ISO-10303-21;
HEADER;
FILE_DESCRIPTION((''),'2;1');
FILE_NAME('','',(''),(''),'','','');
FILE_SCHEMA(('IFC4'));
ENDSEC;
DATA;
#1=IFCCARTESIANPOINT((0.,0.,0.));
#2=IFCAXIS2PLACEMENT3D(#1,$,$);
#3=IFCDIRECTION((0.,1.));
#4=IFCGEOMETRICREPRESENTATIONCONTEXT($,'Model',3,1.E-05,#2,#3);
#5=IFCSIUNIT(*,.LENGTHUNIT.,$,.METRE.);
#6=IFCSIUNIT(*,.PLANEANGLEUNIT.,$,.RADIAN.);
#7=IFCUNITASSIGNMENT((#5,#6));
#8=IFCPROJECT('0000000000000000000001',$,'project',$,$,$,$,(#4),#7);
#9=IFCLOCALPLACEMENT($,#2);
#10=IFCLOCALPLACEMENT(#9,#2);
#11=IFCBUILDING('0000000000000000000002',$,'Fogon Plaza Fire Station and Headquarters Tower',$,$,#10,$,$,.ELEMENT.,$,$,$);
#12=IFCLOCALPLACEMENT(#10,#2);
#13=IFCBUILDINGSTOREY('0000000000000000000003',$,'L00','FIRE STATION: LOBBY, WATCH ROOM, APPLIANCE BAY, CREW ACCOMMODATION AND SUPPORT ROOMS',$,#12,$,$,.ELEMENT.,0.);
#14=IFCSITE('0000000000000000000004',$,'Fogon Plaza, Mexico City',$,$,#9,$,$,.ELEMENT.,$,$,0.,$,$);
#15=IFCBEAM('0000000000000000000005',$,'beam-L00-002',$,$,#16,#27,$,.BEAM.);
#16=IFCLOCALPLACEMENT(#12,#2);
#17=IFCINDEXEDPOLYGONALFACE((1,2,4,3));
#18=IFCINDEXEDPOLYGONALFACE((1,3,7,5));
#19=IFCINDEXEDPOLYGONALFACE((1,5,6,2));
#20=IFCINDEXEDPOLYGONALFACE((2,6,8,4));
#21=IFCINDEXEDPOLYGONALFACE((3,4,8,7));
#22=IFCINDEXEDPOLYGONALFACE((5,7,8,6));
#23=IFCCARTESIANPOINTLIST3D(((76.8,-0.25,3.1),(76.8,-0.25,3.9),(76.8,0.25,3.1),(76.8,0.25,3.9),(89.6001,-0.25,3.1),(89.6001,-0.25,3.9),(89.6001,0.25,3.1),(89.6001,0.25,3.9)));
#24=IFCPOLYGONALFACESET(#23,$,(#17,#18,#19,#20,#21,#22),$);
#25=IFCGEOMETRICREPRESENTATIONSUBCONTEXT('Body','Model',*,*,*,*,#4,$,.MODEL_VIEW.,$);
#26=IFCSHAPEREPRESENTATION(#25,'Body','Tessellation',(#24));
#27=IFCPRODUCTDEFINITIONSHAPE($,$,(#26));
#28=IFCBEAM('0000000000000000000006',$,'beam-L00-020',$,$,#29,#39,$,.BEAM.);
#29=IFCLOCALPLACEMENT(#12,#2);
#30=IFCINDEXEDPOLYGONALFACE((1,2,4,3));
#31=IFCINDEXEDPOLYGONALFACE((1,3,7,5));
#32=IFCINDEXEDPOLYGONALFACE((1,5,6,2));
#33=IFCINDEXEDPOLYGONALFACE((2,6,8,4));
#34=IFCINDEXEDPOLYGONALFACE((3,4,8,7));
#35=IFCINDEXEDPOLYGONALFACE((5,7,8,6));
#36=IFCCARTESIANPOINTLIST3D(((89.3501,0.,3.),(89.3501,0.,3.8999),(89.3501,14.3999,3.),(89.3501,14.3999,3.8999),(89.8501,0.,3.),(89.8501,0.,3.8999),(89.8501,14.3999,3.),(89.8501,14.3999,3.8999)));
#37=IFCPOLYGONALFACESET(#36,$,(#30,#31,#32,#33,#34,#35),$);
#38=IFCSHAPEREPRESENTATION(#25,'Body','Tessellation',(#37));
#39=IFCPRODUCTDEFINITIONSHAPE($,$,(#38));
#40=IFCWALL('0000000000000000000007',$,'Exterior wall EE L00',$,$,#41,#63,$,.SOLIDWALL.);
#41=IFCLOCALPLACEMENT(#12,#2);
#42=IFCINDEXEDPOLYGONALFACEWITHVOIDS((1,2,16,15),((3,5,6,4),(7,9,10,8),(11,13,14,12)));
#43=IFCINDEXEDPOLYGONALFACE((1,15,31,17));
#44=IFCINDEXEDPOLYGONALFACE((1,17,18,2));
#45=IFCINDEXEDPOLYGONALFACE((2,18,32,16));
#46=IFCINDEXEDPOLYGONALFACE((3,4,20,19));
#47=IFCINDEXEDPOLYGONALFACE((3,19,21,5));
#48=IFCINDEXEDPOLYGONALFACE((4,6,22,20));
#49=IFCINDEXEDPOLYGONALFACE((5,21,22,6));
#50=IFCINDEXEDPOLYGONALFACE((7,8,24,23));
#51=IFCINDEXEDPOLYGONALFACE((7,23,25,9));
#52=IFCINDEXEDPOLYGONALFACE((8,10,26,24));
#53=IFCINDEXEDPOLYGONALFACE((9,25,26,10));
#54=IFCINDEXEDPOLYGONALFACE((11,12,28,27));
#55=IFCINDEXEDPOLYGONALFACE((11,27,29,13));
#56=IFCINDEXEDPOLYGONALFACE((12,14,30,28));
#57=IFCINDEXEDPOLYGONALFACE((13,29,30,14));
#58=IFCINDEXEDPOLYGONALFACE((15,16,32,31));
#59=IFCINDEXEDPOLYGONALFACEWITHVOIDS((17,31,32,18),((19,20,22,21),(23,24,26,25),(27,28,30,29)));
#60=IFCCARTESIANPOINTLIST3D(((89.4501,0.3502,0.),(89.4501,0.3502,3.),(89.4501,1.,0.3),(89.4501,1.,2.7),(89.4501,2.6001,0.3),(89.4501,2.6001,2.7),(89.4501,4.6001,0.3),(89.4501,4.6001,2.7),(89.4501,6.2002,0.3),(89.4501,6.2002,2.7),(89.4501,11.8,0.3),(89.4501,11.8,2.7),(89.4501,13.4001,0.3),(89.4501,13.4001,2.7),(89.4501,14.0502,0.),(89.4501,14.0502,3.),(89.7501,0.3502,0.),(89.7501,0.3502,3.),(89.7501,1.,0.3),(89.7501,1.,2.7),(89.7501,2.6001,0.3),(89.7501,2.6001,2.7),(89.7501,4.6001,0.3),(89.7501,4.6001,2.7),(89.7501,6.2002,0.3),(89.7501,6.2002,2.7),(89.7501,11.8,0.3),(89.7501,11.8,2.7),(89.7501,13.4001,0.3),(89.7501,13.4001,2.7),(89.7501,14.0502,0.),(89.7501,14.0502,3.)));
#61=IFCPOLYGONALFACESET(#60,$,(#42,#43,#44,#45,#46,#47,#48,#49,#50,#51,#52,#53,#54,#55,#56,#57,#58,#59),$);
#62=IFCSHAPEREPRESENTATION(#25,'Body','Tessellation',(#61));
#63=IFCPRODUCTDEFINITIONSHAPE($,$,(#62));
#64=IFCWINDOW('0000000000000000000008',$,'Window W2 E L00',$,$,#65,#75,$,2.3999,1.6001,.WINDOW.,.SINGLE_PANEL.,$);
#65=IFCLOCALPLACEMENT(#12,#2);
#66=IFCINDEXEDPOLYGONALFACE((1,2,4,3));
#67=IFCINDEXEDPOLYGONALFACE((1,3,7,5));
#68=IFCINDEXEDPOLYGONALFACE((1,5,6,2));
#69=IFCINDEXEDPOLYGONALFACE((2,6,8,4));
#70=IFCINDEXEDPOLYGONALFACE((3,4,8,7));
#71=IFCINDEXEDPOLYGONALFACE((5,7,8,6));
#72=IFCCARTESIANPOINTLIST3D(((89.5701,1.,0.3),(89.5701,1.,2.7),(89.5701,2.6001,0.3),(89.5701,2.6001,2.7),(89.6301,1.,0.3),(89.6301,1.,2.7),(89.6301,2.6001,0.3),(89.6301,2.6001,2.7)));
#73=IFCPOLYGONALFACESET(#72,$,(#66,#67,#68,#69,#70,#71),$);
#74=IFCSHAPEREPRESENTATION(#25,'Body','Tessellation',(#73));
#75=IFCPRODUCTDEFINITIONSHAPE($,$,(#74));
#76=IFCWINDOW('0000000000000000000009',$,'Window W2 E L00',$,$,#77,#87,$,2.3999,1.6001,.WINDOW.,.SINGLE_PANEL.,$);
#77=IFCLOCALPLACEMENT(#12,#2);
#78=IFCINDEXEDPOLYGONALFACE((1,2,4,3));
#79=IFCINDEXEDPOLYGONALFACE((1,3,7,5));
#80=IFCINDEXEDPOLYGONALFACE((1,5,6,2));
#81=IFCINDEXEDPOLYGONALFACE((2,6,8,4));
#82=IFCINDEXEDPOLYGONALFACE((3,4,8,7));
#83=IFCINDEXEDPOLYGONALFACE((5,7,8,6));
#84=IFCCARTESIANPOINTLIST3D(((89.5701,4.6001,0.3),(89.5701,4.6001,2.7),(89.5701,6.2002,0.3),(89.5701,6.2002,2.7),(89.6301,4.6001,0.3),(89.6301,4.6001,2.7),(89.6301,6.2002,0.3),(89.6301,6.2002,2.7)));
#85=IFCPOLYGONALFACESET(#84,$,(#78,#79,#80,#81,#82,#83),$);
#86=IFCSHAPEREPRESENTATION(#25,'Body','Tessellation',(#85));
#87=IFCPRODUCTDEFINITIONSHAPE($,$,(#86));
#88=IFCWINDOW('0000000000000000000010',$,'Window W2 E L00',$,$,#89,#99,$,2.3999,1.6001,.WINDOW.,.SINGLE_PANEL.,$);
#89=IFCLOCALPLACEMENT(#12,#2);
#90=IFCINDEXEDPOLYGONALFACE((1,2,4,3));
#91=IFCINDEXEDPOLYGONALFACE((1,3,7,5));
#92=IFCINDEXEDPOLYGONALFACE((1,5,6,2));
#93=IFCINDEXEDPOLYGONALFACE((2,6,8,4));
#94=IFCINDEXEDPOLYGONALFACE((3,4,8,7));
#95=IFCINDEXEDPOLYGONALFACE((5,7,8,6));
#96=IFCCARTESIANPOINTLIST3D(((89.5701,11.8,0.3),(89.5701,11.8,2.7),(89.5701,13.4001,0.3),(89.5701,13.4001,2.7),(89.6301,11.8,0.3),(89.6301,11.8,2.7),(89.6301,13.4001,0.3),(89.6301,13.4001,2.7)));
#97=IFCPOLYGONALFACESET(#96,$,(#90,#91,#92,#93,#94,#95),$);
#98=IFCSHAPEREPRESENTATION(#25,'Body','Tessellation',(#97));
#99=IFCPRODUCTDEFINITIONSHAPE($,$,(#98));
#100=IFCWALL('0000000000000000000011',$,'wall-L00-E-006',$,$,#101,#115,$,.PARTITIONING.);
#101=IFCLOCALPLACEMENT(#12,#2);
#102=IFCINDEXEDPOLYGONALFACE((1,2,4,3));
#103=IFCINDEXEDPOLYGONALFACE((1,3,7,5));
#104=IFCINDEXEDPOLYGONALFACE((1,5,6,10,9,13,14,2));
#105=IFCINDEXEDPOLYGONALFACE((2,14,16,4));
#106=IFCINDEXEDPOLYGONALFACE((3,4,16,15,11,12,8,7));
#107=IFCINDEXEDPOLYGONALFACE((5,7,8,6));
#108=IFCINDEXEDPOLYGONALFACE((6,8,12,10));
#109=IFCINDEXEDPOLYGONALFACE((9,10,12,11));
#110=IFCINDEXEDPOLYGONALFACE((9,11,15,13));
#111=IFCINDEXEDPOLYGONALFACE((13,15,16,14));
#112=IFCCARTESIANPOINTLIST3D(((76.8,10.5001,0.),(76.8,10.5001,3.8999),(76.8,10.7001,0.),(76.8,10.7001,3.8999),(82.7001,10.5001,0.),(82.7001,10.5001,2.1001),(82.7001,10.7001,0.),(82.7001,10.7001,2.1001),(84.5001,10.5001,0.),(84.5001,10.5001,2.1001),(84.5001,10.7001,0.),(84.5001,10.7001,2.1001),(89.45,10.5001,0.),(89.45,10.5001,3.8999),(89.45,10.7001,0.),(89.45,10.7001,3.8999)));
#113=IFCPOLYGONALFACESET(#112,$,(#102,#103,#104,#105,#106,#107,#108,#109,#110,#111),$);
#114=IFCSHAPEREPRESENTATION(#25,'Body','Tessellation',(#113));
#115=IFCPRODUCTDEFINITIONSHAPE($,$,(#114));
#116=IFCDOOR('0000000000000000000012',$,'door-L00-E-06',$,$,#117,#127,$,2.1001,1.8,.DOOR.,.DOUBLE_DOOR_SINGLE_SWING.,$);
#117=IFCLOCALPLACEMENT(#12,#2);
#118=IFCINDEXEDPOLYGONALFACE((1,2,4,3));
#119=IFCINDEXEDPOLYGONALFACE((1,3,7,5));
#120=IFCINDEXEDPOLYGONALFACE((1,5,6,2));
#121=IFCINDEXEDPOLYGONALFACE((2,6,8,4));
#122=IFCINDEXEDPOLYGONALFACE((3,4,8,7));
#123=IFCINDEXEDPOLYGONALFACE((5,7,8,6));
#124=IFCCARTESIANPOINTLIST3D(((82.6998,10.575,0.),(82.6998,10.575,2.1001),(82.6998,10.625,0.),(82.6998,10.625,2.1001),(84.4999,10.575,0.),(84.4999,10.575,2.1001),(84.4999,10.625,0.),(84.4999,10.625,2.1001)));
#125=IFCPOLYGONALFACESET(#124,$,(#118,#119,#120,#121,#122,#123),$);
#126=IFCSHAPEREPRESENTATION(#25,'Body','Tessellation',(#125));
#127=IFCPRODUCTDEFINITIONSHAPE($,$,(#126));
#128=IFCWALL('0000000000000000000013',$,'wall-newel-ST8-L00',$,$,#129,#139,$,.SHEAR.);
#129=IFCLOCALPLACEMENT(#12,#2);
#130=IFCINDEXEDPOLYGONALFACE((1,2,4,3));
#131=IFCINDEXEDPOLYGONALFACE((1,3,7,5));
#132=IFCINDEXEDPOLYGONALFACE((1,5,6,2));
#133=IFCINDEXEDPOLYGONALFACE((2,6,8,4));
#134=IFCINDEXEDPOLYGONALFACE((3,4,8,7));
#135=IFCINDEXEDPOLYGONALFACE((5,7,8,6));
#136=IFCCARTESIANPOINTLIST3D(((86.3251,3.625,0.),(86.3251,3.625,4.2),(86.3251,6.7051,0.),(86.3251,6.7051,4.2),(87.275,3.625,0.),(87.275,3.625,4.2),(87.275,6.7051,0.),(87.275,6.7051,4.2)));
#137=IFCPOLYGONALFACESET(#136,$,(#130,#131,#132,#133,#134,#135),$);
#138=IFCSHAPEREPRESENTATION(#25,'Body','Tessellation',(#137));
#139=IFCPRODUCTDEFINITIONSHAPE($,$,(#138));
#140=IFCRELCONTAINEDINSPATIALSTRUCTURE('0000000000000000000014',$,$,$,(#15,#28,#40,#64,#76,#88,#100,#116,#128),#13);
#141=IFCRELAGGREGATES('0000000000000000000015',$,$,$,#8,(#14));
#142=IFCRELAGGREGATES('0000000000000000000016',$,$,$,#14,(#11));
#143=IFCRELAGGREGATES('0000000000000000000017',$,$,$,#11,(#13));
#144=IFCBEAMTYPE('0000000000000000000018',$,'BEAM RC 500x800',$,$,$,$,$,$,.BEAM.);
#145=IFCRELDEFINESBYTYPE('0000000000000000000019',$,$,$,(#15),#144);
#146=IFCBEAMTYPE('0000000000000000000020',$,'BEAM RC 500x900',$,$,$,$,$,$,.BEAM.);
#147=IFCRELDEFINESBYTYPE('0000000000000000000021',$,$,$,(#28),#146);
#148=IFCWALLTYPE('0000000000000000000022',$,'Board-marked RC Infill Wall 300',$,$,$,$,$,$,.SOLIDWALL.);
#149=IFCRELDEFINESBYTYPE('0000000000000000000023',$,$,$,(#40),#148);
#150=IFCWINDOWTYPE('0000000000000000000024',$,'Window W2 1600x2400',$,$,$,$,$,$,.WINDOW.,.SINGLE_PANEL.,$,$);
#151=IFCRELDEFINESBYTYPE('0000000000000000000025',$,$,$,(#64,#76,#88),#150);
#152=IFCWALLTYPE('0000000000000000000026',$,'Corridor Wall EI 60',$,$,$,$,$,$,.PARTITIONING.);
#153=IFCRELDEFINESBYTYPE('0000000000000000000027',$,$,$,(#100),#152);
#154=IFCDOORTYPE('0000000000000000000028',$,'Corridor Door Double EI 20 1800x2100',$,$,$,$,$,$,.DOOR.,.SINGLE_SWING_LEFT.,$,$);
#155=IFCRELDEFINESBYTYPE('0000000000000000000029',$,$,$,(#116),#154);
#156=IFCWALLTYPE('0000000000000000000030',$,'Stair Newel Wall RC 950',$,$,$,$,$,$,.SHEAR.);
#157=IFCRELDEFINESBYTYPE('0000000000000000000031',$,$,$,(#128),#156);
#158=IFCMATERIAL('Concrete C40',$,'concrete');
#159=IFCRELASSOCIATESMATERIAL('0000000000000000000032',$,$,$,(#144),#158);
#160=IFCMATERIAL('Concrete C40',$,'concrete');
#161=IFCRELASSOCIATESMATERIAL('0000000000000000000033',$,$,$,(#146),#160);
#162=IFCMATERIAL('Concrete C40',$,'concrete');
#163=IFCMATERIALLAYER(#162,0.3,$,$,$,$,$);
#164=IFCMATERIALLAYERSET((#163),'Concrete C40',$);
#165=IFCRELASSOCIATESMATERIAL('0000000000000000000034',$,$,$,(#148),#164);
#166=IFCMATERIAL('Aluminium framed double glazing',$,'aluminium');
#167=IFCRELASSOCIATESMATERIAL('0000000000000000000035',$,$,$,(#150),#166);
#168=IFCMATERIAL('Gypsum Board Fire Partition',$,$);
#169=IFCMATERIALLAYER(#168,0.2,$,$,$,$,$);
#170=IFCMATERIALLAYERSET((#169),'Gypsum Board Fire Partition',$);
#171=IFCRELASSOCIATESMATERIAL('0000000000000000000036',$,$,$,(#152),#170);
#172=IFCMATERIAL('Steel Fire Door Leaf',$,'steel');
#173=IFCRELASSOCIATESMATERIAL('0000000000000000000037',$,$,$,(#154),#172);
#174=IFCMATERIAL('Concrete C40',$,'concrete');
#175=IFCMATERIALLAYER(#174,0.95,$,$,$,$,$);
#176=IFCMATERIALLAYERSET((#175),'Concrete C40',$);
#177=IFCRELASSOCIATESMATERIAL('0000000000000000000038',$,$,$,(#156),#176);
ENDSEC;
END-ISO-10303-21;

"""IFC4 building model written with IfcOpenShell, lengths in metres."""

from ifc_helpers import new_model, si_unit, direction, frame, frame_2d, origin, origin_2d, place, context, subcontext, project, spatial, rectangle, extrude, material, layer, layer_set, material_profile, profile_set, type_object, element, fill, save


model = new_model("IFC4")

# Units and contexts
model_context = context("Model", 3, precision=1e-05, world=origin(), true_north=direction((0.0, 1.0)))
body_context = subcontext(model_context, "Body", "Model", "MODEL_VIEW")
ifc_project = project(units=[si_unit("LENGTHUNIT", "METRE"), si_unit("PLANEANGLEUNIT", "RADIAN")], contexts=[model_context])

# Site, building, storey
site_placement = place(None, origin())
site = spatial("IfcSite", under=ifc_project, at=site_placement, Name="Fogon Plaza, Mexico City", CompositionType="ELEMENT", RefElevation=0.0)
building_placement = place(site_placement, origin())
building = spatial("IfcBuilding", under=site, at=building_placement, Name="Fogon Plaza Fire Station and Headquarters Tower", CompositionType="ELEMENT")
storey_placement = place(building_placement, origin())
storey = spatial("IfcBuildingStorey", under=building, at=storey_placement, Name="L00", Description="FIRE STATION: LOBBY, WATCH ROOM, APPLIANCE BAY, CREW ACCOMMODATION AND SUPPORT ROOMS", CompositionType="ELEMENT", Elevation=0.0)

# Beams
ifc_material_1 = material(Name="Concrete C40", Category="concrete")
ifc_material_profile_1 = material_profile(ifc_material_1, rectangle(XDim=0.5, YDim=0.8, at=origin_2d()), Name="RC 500x800")
ifc_profile_set_1 = profile_set([ifc_material_profile_1], Name="Concrete C40")
beam_type_1 = type_object("IfcBeamType", Name="BEAM RC 500x800", PredefinedType="BEAM", material=ifc_profile_set_1)
beam_1_placement = place(storey_placement, frame((89.6001, 0.0, 3.5), z_axis=(-1.0, 0.0, 0.0), x_axis=(0.0, -1.0, 0.0)))
element("IfcBeam", 1, at=beam_1_placement, inside=storey, type_object=beam_type_1, Name="beam-L00-002", PredefinedType="BEAM", context=body_context, shape_type="SweptSolid", body=[
    extrude(rectangle(XDim=0.5, YDim=0.8, at=origin_2d()), origin(), (0.0, 0.0, 1.0), 12.8),
])
ifc_material_2 = material(Name="Concrete C40", Category="concrete")
ifc_material_profile_2 = material_profile(ifc_material_2, rectangle(XDim=0.5, YDim=0.8999, at=origin_2d()), Name="RC 500x900")
ifc_profile_set_2 = profile_set([ifc_material_profile_2], Name="Concrete C40")
beam_type_2 = type_object("IfcBeamType", Name="BEAM RC 500x900", PredefinedType="BEAM", material=ifc_profile_set_2)
beam_2_placement = place(storey_placement, frame((89.6001, 0.0, 3.45), z_axis=(0.0, 1.0, 0.0), x_axis=(-1.0, 0.0, 0.0)))
element("IfcBeam", 2, at=beam_2_placement, inside=storey, type_object=beam_type_2, Name="beam-L00-020", PredefinedType="BEAM", context=body_context, shape_type="SweptSolid", body=[
    extrude(rectangle(XDim=0.5, YDim=0.8999, at=origin_2d()), origin(), (0.0, 0.0, 1.0), 14.3999),
])

# Wall, openings, windows
ifc_material_3 = material(Name="Concrete C40", Category="concrete")
ifc_layer_1 = layer(ifc_material_3, 0.3)
ifc_layer_set_1 = layer_set([ifc_layer_1], Name="Concrete C40")
wall_type_1 = type_object("IfcWallType", Name="Board-marked RC Infill Wall 300", PredefinedType="SOLIDWALL", material=ifc_layer_set_1)
wall_1_placement = place(storey_placement, frame((89.6001, 0.3501, 0.0), z_axis=(0.0, 0.0, 1.0), x_axis=(0.0, 1.0, 0.0)))
wall_1 = element("IfcWall", 3, at=wall_1_placement, inside=storey, type_object=wall_type_1, Name="Exterior wall EE L00", PredefinedType="SOLIDWALL", context=body_context, shape_type="SweptSolid", body=[
    extrude(rectangle(XDim=13.7, YDim=0.3, at=frame_2d((6.8501, 0.0))), origin(), (0.0, 0.0, 1.0), 3.0),
])
opening_1_placement = place(wall_1_placement, frame((0.6499, 0.0, 0.3)))
opening_1 = element("IfcOpeningElement", 4, at=opening_1_placement, cuts=wall_1, PredefinedType="OPENING", context=body_context, shape_type="SweptSolid", body=[
    extrude(rectangle(XDim=1.6001, YDim=2.3999, at=frame_2d((0.8, 1.2))), frame((0.0, 0.1599, 0.0), z_axis=(0.0, -1.0, 0.0), x_axis=(1.0, 0.0, 0.0)), (0.0, 0.0, 1.0), 0.3201),
])
opening_2_placement = place(wall_1_placement, frame((4.25, 0.0, 0.3)))
opening_2 = element("IfcOpeningElement", 5, at=opening_2_placement, cuts=wall_1, PredefinedType="OPENING", context=body_context, shape_type="SweptSolid", body=[
    extrude(rectangle(XDim=1.6001, YDim=2.3999, at=frame_2d((0.8, 1.2))), frame((0.0, 0.1599, 0.0), z_axis=(0.0, -1.0, 0.0), x_axis=(1.0, 0.0, 0.0)), (0.0, 0.0, 1.0), 0.3201),
])
opening_3_placement = place(wall_1_placement, frame((11.45, 0.0, 0.3)))
opening_3 = element("IfcOpeningElement", 6, at=opening_3_placement, cuts=wall_1, PredefinedType="OPENING", context=body_context, shape_type="SweptSolid", body=[
    extrude(rectangle(XDim=1.6001, YDim=2.3999, at=frame_2d((0.8, 1.2))), frame((0.0, 0.1599, 0.0), z_axis=(0.0, -1.0, 0.0), x_axis=(1.0, 0.0, 0.0)), (0.0, 0.0, 1.0), 0.3201),
])
ifc_material_4 = material(Name="Aluminium framed double glazing", Category="aluminium")
window_type = type_object("IfcWindowType", Name="Window W2 1600x2400", PartitioningType="SINGLE_PANEL", PredefinedType="WINDOW", material=ifc_material_4)
window_1_placement = place(opening_1_placement, origin())
window_1 = element("IfcWindow", 7, at=window_1_placement, inside=storey, type_object=window_type, Name="Window W2 E L00", OverallHeight=2.3999, OverallWidth=1.6001, PartitioningType="SINGLE_PANEL", PredefinedType="WINDOW", context=body_context, shape_type="SweptSolid", body=[
    extrude(rectangle(XDim=1.6001, YDim=2.3999, at=frame_2d((0.8, 1.2))), frame((0.0, 0.03, 0.0), z_axis=(0.0, -1.0, 0.0), x_axis=(1.0, 0.0, 0.0)), (0.0, 0.0, 1.0), 0.0601),
])
fill(opening_1, window_1)
window_2_placement = place(opening_2_placement, origin())
window_2 = element("IfcWindow", 8, at=window_2_placement, inside=storey, type_object=window_type, Name="Window W2 E L00", OverallHeight=2.3999, OverallWidth=1.6001, PartitioningType="SINGLE_PANEL", PredefinedType="WINDOW", context=body_context, shape_type="SweptSolid", body=[
    extrude(rectangle(XDim=1.6001, YDim=2.3999, at=frame_2d((0.8, 1.2))), frame((0.0, 0.03, 0.0), z_axis=(0.0, -1.0, 0.0), x_axis=(1.0, 0.0, 0.0)), (0.0, 0.0, 1.0), 0.0601),
])
fill(opening_2, window_2)
window_3_placement = place(opening_3_placement, origin())
window_3 = element("IfcWindow", 9, at=window_3_placement, inside=storey, type_object=window_type, Name="Window W2 E L00", OverallHeight=2.3999, OverallWidth=1.6001, PartitioningType="SINGLE_PANEL", PredefinedType="WINDOW", context=body_context, shape_type="SweptSolid", body=[
    extrude(rectangle(XDim=1.6001, YDim=2.3999, at=frame_2d((0.8, 1.2))), frame((0.0, 0.03, 0.0), z_axis=(0.0, -1.0, 0.0), x_axis=(1.0, 0.0, 0.0)), (0.0, 0.0, 1.0), 0.0601),
])
fill(opening_3, window_3)

# Wall, opening, door
ifc_material_5 = material(Name="Gypsum Board Fire Partition")
ifc_layer_2 = layer(ifc_material_5, 0.2)
ifc_layer_set_2 = layer_set([ifc_layer_2], Name="Gypsum Board Fire Partition")
wall_type_2 = type_object("IfcWallType", Name="Corridor Wall EI 60", PredefinedType="PARTITIONING", material=ifc_layer_set_2)
wall_2_placement = place(storey_placement, frame((89.45, 10.6001, 0.0), z_axis=(0.0, 0.0, 1.0), x_axis=(-1.0, 0.0, 0.0)))
wall_2 = element("IfcWall", 10, at=wall_2_placement, inside=storey, type_object=wall_type_2, Name="wall-L00-E-006", PredefinedType="PARTITIONING", context=body_context, shape_type="SweptSolid", body=[
    extrude(rectangle(XDim=12.6499, YDim=0.2, at=frame_2d((6.325, 0.0))), origin(), (0.0, 0.0, 1.0), 3.8999),
])
opening_4_placement = place(wall_2_placement, frame((4.95, 0.0, 0.0)))
opening_4 = element("IfcOpeningElement", 11, at=opening_4_placement, cuts=wall_2, PredefinedType="OPENING", context=body_context, shape_type="SweptSolid", body=[
    extrude(rectangle(XDim=1.8, YDim=2.1001, at=frame_2d((0.8999, 1.05))), frame((0.0, 0.1099, 0.0), z_axis=(0.0, -1.0, 0.0), x_axis=(1.0, 0.0, 0.0)), (0.0, 0.0, 1.0), 0.22),
])
ifc_material_6 = material(Name="Steel Fire Door Leaf", Category="steel")
door_type_1 = type_object("IfcDoorType", Name="Corridor Door Double EI 20 1800x2100", OperationType="SINGLE_SWING_LEFT", PredefinedType="DOOR", material=ifc_material_6)
door_1_placement = place(opening_4_placement, frame((1.8, 0.0, 0.0), z_axis=(0.0, 0.0, 1.0), x_axis=(-1.0, 0.0, 0.0)))
door_1 = element("IfcDoor", 12, at=door_1_placement, inside=storey, type_object=door_type_1, Name="door-L00-E-06", OperationType="DOUBLE_DOOR_SINGLE_SWING", OverallHeight=2.1001, OverallWidth=1.8, PredefinedType="DOOR", context=body_context, shape_type="SweptSolid", body=[
    extrude(rectangle(XDim=1.8, YDim=2.1001, at=frame_2d((0.8999, 1.05))), frame((0.0, 0.0249, 0.0), z_axis=(0.0, -1.0, 0.0), x_axis=(1.0, 0.0, 0.0)), (0.0, 0.0, 1.0), 0.05),
])
fill(opening_4, door_1)

# Wall
ifc_material_7 = material(Name="Concrete C40", Category="concrete")
ifc_layer_3 = layer(ifc_material_7, 0.95)
ifc_layer_set_3 = layer_set([ifc_layer_3], Name="Concrete C40")
wall_type_3 = type_object("IfcWallType", Name="Stair Newel Wall RC 950", PredefinedType="SHEAR", material=ifc_layer_set_3)
wall_3_placement = place(storey_placement, frame((86.8, 3.625, 0.0), z_axis=(0.0, 0.0, 1.0), x_axis=(0.0, 1.0, 0.0)))
element("IfcWall", 13, at=wall_3_placement, inside=storey, type_object=wall_type_3, Name="wall-newel-ST8-L00", PredefinedType="SHEAR", context=body_context, shape_type="SweptSolid", body=[
    extrude(rectangle(XDim=3.0801, YDim=0.95, at=frame_2d((1.54, 0.0))), origin(), (0.0, 0.0, 1.0), 4.2),
])

save(model, "model.ifc")
